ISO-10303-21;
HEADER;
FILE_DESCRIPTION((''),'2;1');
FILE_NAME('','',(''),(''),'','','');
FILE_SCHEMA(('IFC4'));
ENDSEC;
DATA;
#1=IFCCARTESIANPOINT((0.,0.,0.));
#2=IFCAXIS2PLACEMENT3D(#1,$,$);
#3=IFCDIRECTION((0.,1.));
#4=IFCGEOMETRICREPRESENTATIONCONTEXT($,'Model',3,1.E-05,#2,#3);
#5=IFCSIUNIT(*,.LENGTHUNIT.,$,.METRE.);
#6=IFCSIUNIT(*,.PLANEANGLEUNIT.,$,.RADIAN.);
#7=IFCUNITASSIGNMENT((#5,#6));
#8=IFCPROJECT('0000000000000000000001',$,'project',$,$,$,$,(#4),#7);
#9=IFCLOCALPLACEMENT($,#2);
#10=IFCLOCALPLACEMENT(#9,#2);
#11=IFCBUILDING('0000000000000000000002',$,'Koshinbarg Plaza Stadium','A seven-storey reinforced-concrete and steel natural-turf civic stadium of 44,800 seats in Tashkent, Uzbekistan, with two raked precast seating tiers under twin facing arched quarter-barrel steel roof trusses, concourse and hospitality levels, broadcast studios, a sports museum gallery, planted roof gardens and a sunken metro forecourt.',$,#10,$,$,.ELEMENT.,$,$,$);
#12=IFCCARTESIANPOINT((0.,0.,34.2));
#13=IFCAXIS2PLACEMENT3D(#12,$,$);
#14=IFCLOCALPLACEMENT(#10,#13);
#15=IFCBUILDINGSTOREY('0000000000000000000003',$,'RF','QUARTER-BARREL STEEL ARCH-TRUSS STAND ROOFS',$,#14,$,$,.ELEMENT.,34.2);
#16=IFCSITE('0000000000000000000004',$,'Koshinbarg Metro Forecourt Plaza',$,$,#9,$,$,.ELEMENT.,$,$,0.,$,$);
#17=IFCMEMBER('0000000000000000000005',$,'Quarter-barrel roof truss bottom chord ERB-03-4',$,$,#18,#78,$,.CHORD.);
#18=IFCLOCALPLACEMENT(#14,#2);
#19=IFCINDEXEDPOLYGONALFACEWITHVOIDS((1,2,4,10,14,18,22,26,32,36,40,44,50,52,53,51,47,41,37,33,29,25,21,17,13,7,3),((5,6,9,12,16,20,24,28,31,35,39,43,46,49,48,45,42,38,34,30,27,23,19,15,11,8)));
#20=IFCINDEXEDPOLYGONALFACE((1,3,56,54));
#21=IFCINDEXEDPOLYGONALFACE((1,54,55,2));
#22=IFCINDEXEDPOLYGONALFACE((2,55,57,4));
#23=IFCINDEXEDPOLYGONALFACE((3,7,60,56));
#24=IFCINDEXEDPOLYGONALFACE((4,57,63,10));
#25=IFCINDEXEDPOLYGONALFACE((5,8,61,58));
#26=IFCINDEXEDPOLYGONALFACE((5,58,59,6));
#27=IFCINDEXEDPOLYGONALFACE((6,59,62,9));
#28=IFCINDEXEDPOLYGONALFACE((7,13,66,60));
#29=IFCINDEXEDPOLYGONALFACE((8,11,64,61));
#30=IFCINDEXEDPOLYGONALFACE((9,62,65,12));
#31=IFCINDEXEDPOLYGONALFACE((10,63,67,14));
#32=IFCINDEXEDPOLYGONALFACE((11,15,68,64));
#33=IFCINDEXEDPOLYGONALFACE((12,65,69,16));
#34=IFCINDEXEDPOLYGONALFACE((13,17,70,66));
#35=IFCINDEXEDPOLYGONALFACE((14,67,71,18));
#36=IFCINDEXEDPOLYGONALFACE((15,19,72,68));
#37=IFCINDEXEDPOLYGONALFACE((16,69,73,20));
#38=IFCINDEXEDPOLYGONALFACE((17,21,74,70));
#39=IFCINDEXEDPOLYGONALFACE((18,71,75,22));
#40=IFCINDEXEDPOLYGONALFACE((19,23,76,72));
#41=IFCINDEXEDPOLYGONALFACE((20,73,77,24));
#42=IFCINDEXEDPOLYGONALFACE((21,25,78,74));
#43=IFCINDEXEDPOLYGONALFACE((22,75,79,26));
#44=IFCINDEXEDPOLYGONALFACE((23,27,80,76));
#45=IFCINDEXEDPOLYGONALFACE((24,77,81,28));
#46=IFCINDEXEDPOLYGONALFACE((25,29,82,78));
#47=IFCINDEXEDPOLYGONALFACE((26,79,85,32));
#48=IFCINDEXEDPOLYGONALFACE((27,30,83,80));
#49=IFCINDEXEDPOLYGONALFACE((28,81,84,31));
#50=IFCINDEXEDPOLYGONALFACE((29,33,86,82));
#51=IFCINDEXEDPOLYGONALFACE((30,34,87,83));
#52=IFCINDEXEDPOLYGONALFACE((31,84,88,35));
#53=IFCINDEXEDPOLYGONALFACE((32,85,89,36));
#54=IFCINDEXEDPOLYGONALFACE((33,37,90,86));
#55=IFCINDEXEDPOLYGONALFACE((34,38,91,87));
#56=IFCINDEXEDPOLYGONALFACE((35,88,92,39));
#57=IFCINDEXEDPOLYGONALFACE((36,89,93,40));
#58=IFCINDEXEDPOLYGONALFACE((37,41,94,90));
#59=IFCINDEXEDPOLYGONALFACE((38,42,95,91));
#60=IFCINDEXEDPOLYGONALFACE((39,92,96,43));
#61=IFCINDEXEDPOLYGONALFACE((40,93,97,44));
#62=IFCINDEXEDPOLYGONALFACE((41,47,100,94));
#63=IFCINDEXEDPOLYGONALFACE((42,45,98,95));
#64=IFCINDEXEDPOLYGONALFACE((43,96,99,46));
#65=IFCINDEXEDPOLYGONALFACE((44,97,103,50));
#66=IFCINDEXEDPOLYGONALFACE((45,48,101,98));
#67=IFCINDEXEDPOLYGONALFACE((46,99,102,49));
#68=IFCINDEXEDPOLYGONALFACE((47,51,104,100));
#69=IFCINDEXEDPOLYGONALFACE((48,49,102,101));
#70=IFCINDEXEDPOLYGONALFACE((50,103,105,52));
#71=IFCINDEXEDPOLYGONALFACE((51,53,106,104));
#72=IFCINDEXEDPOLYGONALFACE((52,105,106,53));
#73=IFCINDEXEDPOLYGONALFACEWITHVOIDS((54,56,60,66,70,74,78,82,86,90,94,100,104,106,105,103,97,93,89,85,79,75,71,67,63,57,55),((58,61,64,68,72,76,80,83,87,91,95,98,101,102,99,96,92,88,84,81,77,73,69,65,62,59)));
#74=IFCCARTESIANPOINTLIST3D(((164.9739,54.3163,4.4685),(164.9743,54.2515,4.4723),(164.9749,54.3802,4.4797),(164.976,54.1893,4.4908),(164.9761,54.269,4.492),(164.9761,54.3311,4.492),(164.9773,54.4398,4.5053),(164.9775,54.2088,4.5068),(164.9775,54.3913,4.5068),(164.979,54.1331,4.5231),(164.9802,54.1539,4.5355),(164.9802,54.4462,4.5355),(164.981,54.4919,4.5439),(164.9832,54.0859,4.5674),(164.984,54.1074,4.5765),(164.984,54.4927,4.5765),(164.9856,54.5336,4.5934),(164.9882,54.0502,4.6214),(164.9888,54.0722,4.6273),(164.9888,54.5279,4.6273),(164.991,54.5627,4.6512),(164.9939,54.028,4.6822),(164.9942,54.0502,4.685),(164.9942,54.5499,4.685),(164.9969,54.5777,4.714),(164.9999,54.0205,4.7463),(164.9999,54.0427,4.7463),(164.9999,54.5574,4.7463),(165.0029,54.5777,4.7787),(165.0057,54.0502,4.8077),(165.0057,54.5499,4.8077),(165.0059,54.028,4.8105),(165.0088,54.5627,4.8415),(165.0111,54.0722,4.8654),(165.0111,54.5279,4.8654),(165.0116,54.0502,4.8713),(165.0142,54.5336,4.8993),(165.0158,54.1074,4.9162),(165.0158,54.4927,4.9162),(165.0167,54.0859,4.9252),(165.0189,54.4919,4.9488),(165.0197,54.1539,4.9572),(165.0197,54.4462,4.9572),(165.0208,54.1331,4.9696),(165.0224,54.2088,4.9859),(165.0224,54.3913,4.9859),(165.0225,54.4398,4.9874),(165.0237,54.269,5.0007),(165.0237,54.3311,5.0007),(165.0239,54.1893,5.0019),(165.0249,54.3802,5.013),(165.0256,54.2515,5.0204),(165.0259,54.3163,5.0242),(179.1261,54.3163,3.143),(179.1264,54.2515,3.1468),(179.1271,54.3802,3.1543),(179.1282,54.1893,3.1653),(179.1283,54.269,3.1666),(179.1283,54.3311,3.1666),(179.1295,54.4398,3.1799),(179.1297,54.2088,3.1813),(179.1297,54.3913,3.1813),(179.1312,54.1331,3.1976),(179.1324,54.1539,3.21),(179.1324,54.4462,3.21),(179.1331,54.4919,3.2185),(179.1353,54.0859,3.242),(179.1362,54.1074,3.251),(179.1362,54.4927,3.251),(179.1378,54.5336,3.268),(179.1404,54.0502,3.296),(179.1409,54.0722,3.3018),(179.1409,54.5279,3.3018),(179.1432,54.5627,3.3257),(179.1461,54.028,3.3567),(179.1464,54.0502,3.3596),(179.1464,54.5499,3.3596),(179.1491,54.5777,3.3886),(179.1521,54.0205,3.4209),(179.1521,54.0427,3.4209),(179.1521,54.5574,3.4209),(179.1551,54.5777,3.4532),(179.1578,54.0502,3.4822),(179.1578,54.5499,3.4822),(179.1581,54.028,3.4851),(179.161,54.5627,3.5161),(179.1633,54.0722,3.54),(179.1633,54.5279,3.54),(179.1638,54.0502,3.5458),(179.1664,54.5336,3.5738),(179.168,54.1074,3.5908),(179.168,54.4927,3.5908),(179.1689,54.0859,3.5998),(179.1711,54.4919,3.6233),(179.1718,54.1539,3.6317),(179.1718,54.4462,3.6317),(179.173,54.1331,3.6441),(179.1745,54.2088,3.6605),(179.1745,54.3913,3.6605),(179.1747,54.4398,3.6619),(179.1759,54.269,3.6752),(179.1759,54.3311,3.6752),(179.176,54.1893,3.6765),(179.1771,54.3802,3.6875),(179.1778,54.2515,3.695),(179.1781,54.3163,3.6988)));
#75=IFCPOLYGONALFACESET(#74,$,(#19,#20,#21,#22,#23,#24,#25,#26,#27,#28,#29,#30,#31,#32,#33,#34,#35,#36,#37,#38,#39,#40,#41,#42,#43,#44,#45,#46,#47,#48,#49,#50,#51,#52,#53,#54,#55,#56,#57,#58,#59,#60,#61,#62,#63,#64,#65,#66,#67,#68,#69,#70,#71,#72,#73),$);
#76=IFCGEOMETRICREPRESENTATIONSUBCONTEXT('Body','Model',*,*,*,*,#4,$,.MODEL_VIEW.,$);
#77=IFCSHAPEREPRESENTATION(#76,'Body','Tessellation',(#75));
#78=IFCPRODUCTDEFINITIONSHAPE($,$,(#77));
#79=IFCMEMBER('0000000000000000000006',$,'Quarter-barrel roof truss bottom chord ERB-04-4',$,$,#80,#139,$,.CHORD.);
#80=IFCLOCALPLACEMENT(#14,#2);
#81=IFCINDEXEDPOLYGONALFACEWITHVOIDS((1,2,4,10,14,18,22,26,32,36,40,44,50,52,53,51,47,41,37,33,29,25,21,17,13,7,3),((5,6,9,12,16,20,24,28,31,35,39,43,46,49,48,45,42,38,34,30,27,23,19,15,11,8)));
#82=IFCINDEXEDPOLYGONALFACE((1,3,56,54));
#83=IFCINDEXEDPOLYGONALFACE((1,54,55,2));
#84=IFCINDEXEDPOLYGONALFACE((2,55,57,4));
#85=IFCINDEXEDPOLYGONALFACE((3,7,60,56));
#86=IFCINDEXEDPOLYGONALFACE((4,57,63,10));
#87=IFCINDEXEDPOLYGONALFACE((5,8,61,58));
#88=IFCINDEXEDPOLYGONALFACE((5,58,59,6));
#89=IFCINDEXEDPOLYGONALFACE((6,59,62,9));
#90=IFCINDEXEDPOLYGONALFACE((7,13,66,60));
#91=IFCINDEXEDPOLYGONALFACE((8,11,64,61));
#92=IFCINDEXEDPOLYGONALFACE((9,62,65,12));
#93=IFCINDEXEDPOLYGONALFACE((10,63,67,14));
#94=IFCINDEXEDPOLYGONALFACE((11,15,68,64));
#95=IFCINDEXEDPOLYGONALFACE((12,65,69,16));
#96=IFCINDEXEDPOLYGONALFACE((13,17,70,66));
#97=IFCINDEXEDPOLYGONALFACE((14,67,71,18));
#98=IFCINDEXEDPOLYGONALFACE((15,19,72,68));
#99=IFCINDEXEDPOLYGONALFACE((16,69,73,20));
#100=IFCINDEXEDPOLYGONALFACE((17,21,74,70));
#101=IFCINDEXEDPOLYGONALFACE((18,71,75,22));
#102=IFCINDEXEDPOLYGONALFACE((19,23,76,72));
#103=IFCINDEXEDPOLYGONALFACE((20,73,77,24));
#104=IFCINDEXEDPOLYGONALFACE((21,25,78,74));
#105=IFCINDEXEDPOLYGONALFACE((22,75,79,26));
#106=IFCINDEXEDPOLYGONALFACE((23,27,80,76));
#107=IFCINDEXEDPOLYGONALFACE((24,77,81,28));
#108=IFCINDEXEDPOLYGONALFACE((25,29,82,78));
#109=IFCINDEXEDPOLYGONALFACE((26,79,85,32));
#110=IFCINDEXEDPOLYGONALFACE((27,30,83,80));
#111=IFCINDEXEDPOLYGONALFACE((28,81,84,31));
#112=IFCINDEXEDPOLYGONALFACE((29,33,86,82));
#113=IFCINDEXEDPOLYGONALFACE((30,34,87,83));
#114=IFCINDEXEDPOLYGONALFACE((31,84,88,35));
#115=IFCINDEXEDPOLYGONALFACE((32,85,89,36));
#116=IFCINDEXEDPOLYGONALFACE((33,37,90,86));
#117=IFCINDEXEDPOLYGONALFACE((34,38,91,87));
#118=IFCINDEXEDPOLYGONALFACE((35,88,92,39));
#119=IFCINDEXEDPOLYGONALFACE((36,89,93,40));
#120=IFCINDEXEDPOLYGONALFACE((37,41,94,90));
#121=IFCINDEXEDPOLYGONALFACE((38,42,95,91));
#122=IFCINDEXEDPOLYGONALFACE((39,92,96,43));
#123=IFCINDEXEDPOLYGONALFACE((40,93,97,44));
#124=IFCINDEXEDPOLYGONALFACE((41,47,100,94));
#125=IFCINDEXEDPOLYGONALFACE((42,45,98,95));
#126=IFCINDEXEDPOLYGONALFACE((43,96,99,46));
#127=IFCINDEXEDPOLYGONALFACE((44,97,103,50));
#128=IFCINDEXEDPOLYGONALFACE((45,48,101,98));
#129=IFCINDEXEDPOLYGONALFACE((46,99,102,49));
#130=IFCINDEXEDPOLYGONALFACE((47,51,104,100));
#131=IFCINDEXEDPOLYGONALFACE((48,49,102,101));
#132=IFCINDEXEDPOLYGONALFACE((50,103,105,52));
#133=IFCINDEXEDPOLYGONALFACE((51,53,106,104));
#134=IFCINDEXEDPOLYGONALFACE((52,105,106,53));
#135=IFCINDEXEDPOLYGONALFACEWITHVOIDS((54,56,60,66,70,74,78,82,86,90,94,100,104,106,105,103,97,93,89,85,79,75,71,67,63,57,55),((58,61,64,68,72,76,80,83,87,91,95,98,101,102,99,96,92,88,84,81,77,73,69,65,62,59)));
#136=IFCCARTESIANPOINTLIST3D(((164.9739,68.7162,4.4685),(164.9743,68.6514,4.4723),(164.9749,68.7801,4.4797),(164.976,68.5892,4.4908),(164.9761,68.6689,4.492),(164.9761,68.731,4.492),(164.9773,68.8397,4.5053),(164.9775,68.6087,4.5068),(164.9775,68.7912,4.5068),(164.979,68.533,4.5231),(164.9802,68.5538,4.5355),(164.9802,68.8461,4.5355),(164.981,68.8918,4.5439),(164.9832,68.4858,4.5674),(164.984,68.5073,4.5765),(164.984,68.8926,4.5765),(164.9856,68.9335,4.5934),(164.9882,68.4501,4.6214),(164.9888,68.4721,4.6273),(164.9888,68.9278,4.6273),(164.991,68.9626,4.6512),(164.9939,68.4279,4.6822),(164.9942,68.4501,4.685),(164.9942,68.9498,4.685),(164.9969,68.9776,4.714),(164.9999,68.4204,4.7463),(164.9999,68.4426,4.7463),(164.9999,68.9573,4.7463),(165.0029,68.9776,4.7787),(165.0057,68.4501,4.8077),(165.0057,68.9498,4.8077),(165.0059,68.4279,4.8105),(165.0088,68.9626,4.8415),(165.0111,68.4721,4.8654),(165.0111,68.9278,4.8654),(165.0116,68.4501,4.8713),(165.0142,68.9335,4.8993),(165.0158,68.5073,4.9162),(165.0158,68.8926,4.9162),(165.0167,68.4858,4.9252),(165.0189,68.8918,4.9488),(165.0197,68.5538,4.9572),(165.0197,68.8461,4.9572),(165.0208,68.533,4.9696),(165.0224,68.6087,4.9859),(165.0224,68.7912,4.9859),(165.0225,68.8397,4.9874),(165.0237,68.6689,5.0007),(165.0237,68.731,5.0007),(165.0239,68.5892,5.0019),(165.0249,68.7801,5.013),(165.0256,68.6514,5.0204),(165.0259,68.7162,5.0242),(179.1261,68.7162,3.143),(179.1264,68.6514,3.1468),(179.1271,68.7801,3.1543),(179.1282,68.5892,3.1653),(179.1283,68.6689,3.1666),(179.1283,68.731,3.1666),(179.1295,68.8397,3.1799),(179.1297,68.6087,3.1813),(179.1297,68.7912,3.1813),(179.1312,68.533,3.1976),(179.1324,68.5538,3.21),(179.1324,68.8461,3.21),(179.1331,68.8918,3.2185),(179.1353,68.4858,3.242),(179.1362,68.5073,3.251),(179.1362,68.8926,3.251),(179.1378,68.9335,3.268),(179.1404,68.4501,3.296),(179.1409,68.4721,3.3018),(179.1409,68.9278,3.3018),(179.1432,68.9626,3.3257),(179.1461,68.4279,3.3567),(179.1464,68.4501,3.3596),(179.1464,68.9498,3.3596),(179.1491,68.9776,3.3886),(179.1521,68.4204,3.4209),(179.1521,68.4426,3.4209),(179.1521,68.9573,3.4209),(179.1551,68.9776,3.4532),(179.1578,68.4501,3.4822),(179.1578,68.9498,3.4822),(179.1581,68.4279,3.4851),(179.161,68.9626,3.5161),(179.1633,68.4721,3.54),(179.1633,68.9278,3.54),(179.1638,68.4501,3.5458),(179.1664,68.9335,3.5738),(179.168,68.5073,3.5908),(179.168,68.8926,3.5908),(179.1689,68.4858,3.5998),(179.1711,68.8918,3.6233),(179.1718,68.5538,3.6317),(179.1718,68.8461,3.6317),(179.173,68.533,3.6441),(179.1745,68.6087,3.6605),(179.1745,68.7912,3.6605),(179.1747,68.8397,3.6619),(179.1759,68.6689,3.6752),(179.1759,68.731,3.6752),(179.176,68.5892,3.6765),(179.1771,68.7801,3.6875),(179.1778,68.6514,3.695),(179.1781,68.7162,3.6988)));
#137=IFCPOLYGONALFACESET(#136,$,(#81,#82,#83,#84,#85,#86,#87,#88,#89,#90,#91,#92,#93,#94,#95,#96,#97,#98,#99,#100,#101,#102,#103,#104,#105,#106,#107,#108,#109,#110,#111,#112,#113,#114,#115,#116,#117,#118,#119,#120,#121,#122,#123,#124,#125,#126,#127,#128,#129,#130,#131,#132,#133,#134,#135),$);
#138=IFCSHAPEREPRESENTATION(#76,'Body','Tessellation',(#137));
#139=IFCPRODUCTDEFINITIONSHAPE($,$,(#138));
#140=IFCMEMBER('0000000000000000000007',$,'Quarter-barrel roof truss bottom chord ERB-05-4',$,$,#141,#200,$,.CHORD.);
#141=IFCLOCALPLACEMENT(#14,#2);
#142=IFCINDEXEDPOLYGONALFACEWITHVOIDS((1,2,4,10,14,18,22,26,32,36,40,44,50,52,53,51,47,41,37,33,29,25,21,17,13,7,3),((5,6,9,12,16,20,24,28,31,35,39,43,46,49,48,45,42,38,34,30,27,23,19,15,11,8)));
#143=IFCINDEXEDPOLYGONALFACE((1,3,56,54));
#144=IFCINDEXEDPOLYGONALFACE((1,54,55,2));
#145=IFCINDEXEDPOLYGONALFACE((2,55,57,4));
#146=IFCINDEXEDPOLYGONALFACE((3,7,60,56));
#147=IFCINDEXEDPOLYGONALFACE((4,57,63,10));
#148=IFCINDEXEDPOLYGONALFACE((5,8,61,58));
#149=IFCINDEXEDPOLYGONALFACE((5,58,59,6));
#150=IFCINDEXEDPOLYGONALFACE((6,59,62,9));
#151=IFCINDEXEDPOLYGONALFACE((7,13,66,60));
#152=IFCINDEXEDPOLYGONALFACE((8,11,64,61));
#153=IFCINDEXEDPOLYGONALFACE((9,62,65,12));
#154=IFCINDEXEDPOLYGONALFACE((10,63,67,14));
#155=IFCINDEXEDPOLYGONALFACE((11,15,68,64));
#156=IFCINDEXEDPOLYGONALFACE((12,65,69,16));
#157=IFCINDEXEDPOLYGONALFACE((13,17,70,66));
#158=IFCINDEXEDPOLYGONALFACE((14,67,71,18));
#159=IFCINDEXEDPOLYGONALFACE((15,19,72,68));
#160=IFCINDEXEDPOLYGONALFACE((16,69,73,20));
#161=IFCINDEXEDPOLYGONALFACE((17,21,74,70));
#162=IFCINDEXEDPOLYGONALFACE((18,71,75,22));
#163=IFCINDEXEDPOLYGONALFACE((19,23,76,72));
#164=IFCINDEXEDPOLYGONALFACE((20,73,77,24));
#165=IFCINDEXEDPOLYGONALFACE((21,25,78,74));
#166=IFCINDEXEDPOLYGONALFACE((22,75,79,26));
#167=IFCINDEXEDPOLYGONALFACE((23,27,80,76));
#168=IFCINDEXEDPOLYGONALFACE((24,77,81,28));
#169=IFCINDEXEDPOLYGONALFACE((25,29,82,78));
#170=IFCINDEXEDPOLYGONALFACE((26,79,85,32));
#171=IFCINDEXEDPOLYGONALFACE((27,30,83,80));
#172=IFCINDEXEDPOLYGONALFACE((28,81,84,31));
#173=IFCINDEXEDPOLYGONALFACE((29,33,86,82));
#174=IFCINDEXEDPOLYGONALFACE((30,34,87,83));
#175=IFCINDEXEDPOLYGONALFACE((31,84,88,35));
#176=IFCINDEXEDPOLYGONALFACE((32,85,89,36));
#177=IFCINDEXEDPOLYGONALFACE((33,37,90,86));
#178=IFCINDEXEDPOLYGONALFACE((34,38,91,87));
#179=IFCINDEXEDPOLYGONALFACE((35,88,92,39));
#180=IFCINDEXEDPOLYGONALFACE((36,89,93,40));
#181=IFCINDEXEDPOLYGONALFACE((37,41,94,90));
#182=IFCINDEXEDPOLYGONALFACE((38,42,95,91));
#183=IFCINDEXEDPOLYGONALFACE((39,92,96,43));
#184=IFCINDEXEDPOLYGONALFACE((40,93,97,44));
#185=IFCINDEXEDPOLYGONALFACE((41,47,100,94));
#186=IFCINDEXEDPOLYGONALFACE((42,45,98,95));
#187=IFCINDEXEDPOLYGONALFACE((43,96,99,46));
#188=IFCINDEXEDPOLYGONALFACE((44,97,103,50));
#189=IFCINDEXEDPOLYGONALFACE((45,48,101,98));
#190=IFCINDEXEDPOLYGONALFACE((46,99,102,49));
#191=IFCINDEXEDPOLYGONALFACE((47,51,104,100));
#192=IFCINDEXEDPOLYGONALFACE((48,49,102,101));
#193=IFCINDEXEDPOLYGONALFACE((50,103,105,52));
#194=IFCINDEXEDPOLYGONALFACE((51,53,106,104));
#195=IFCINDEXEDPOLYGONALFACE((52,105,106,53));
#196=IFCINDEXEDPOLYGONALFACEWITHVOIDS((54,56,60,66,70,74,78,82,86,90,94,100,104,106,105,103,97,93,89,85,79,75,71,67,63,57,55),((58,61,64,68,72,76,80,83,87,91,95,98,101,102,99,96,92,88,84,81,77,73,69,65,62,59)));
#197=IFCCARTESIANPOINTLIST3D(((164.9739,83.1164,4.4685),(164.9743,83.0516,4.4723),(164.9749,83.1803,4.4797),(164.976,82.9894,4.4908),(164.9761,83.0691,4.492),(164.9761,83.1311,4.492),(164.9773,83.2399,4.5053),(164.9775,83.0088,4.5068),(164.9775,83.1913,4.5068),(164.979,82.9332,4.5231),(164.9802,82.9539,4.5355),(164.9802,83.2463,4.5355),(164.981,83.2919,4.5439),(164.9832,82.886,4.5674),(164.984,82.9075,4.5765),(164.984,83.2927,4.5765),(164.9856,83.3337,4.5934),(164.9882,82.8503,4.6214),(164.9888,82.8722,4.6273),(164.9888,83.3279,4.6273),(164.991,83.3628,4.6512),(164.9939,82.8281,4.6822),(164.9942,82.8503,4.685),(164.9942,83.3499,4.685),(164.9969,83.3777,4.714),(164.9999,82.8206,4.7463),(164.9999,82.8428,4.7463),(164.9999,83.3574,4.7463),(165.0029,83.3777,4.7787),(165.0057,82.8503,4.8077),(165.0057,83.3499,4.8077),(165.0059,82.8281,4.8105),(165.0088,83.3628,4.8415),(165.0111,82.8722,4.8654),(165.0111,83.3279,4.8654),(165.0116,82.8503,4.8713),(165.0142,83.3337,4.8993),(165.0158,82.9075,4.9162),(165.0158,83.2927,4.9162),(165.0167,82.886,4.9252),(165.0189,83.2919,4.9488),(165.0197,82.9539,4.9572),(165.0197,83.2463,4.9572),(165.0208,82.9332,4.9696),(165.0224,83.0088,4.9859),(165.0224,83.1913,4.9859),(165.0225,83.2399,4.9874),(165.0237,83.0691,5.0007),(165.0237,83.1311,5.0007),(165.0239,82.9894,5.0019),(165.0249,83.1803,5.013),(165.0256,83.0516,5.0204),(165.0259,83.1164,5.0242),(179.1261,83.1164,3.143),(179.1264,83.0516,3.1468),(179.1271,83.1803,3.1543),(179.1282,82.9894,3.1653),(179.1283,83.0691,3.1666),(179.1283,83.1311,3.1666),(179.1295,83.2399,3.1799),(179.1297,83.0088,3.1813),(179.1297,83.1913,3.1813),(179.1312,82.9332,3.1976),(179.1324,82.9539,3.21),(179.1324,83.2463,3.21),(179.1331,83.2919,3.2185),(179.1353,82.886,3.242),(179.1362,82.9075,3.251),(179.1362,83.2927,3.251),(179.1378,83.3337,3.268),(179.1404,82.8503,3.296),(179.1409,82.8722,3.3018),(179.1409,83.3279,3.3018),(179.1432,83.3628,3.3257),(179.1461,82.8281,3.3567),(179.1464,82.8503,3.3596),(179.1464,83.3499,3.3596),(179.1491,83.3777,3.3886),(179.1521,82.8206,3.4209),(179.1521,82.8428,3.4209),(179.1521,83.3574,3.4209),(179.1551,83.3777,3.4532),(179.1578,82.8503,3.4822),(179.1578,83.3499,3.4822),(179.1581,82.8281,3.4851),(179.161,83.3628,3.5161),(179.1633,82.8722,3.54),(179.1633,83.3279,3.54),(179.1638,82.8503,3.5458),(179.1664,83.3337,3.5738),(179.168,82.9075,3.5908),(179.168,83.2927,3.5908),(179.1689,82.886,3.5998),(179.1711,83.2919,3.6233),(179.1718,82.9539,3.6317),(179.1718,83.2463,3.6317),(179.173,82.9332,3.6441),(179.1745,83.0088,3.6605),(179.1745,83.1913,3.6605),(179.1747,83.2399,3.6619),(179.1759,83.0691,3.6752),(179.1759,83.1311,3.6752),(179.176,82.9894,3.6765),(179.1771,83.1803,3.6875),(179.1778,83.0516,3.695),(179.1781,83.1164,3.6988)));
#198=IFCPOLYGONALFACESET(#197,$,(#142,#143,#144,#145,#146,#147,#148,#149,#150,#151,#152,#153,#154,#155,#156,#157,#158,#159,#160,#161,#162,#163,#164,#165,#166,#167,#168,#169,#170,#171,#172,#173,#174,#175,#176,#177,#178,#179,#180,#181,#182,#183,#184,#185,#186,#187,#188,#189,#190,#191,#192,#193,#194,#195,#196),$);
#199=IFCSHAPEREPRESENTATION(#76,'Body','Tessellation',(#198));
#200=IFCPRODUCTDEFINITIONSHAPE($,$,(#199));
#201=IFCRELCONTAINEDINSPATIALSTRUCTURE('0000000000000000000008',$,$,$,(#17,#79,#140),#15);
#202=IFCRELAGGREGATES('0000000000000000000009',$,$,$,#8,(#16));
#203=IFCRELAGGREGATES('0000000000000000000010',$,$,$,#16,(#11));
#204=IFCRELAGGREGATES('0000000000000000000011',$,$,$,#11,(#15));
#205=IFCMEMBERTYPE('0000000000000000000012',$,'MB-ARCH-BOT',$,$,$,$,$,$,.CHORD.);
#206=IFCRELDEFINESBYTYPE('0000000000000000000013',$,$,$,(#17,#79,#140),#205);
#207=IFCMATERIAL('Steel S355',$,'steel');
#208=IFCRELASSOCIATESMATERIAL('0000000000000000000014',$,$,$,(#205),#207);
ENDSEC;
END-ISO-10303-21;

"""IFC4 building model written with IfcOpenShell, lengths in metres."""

from ifc_helpers import new_model, si_unit, direction, frame, origin, origin_2d, place, context, subcontext, project, spatial, hollow_circle, extrude, material, material_profile, profile_set, type_object, element, save


model = new_model("IFC4")

# Units and contexts
model_context = context("Model", 3, precision=1e-05, world=origin(), true_north=direction((0.0, 1.0)))
body_context = subcontext(model_context, "Body", "Model", "MODEL_VIEW")
ifc_project = project(units=[si_unit("LENGTHUNIT", "METRE"), si_unit("PLANEANGLEUNIT", "RADIAN")], contexts=[model_context])

# Site, building, storey
site_placement = place(None, origin())
site = spatial("IfcSite", under=ifc_project, at=site_placement, Name="Koshinbarg Metro Forecourt Plaza", CompositionType="ELEMENT", RefElevation=0.0)
building_placement = place(site_placement, origin())
building = spatial("IfcBuilding", under=site, at=building_placement, Name="Koshinbarg Plaza Stadium", Description="A seven-storey reinforced-concrete and steel natural-turf civic stadium of 44,800 seats in Tashkent, Uzbekistan, with two raked precast seating tiers under twin facing arched quarter-barrel steel roof trusses, concourse and hospitality levels, broadcast studios, a sports museum gallery, planted roof gardens and a sunken metro forecourt.", CompositionType="ELEMENT")
storey_placement = place(building_placement, frame((0.0, 0.0, 34.2)))
storey = spatial("IfcBuildingStorey", under=building, at=storey_placement, Name="RF", Description="QUARTER-BARREL STEEL ARCH-TRUSS STAND ROOFS", CompositionType="ELEMENT", Elevation=34.2)

# Members
ifc_material_1 = material(Name="Steel S355", Category="steel")
ifc_material_profile_1 = material_profile(ifc_material_1, hollow_circle(Radius=0.2795, WallThickness=0.0222, at=origin_2d()), Name="CHS 559x22.2")
ifc_profile_set_1 = profile_set([ifc_material_profile_1], Name="Steel S355")
member_type_1 = type_object("IfcMemberType", Name="MB-ARCH-BOT", PredefinedType="CHORD", material=ifc_profile_set_1)
for number, where, z_axis, x_axis, name in (
    (1, (179.1521, 54.3, 3.4209), (-0.995643, 0.0, 0.093249), (0.0, -1.0, 0.0), "Quarter-barrel roof truss bottom chord ERB-03-4"),
    (2, (179.1521, 68.7, 3.4209), (-0.995643, 0.0, 0.093249), (0.0, -1.0, 0.0), "Quarter-barrel roof truss bottom chord ERB-04-4"),
    (3, (179.1521, 83.1001, 3.4209), (-0.995643, 0.0, 0.093249), (0.0, -1.0, 0.0), "Quarter-barrel roof truss bottom chord ERB-05-4"),
):
    element("IfcMember", number, at=place(storey_placement, frame(where, z_axis=z_axis, x_axis=x_axis)), inside=storey, type_object=member_type_1, Name=name, PredefinedType="CHORD", context=body_context, shape_type="SweptSolid", body=[
        extrude(hollow_circle(Radius=0.2795, WallThickness=0.0222, at=origin_2d()), origin(), (0.0, 0.0, 1.0), 14.2141),
    ])

save(model, "model.ifc")
